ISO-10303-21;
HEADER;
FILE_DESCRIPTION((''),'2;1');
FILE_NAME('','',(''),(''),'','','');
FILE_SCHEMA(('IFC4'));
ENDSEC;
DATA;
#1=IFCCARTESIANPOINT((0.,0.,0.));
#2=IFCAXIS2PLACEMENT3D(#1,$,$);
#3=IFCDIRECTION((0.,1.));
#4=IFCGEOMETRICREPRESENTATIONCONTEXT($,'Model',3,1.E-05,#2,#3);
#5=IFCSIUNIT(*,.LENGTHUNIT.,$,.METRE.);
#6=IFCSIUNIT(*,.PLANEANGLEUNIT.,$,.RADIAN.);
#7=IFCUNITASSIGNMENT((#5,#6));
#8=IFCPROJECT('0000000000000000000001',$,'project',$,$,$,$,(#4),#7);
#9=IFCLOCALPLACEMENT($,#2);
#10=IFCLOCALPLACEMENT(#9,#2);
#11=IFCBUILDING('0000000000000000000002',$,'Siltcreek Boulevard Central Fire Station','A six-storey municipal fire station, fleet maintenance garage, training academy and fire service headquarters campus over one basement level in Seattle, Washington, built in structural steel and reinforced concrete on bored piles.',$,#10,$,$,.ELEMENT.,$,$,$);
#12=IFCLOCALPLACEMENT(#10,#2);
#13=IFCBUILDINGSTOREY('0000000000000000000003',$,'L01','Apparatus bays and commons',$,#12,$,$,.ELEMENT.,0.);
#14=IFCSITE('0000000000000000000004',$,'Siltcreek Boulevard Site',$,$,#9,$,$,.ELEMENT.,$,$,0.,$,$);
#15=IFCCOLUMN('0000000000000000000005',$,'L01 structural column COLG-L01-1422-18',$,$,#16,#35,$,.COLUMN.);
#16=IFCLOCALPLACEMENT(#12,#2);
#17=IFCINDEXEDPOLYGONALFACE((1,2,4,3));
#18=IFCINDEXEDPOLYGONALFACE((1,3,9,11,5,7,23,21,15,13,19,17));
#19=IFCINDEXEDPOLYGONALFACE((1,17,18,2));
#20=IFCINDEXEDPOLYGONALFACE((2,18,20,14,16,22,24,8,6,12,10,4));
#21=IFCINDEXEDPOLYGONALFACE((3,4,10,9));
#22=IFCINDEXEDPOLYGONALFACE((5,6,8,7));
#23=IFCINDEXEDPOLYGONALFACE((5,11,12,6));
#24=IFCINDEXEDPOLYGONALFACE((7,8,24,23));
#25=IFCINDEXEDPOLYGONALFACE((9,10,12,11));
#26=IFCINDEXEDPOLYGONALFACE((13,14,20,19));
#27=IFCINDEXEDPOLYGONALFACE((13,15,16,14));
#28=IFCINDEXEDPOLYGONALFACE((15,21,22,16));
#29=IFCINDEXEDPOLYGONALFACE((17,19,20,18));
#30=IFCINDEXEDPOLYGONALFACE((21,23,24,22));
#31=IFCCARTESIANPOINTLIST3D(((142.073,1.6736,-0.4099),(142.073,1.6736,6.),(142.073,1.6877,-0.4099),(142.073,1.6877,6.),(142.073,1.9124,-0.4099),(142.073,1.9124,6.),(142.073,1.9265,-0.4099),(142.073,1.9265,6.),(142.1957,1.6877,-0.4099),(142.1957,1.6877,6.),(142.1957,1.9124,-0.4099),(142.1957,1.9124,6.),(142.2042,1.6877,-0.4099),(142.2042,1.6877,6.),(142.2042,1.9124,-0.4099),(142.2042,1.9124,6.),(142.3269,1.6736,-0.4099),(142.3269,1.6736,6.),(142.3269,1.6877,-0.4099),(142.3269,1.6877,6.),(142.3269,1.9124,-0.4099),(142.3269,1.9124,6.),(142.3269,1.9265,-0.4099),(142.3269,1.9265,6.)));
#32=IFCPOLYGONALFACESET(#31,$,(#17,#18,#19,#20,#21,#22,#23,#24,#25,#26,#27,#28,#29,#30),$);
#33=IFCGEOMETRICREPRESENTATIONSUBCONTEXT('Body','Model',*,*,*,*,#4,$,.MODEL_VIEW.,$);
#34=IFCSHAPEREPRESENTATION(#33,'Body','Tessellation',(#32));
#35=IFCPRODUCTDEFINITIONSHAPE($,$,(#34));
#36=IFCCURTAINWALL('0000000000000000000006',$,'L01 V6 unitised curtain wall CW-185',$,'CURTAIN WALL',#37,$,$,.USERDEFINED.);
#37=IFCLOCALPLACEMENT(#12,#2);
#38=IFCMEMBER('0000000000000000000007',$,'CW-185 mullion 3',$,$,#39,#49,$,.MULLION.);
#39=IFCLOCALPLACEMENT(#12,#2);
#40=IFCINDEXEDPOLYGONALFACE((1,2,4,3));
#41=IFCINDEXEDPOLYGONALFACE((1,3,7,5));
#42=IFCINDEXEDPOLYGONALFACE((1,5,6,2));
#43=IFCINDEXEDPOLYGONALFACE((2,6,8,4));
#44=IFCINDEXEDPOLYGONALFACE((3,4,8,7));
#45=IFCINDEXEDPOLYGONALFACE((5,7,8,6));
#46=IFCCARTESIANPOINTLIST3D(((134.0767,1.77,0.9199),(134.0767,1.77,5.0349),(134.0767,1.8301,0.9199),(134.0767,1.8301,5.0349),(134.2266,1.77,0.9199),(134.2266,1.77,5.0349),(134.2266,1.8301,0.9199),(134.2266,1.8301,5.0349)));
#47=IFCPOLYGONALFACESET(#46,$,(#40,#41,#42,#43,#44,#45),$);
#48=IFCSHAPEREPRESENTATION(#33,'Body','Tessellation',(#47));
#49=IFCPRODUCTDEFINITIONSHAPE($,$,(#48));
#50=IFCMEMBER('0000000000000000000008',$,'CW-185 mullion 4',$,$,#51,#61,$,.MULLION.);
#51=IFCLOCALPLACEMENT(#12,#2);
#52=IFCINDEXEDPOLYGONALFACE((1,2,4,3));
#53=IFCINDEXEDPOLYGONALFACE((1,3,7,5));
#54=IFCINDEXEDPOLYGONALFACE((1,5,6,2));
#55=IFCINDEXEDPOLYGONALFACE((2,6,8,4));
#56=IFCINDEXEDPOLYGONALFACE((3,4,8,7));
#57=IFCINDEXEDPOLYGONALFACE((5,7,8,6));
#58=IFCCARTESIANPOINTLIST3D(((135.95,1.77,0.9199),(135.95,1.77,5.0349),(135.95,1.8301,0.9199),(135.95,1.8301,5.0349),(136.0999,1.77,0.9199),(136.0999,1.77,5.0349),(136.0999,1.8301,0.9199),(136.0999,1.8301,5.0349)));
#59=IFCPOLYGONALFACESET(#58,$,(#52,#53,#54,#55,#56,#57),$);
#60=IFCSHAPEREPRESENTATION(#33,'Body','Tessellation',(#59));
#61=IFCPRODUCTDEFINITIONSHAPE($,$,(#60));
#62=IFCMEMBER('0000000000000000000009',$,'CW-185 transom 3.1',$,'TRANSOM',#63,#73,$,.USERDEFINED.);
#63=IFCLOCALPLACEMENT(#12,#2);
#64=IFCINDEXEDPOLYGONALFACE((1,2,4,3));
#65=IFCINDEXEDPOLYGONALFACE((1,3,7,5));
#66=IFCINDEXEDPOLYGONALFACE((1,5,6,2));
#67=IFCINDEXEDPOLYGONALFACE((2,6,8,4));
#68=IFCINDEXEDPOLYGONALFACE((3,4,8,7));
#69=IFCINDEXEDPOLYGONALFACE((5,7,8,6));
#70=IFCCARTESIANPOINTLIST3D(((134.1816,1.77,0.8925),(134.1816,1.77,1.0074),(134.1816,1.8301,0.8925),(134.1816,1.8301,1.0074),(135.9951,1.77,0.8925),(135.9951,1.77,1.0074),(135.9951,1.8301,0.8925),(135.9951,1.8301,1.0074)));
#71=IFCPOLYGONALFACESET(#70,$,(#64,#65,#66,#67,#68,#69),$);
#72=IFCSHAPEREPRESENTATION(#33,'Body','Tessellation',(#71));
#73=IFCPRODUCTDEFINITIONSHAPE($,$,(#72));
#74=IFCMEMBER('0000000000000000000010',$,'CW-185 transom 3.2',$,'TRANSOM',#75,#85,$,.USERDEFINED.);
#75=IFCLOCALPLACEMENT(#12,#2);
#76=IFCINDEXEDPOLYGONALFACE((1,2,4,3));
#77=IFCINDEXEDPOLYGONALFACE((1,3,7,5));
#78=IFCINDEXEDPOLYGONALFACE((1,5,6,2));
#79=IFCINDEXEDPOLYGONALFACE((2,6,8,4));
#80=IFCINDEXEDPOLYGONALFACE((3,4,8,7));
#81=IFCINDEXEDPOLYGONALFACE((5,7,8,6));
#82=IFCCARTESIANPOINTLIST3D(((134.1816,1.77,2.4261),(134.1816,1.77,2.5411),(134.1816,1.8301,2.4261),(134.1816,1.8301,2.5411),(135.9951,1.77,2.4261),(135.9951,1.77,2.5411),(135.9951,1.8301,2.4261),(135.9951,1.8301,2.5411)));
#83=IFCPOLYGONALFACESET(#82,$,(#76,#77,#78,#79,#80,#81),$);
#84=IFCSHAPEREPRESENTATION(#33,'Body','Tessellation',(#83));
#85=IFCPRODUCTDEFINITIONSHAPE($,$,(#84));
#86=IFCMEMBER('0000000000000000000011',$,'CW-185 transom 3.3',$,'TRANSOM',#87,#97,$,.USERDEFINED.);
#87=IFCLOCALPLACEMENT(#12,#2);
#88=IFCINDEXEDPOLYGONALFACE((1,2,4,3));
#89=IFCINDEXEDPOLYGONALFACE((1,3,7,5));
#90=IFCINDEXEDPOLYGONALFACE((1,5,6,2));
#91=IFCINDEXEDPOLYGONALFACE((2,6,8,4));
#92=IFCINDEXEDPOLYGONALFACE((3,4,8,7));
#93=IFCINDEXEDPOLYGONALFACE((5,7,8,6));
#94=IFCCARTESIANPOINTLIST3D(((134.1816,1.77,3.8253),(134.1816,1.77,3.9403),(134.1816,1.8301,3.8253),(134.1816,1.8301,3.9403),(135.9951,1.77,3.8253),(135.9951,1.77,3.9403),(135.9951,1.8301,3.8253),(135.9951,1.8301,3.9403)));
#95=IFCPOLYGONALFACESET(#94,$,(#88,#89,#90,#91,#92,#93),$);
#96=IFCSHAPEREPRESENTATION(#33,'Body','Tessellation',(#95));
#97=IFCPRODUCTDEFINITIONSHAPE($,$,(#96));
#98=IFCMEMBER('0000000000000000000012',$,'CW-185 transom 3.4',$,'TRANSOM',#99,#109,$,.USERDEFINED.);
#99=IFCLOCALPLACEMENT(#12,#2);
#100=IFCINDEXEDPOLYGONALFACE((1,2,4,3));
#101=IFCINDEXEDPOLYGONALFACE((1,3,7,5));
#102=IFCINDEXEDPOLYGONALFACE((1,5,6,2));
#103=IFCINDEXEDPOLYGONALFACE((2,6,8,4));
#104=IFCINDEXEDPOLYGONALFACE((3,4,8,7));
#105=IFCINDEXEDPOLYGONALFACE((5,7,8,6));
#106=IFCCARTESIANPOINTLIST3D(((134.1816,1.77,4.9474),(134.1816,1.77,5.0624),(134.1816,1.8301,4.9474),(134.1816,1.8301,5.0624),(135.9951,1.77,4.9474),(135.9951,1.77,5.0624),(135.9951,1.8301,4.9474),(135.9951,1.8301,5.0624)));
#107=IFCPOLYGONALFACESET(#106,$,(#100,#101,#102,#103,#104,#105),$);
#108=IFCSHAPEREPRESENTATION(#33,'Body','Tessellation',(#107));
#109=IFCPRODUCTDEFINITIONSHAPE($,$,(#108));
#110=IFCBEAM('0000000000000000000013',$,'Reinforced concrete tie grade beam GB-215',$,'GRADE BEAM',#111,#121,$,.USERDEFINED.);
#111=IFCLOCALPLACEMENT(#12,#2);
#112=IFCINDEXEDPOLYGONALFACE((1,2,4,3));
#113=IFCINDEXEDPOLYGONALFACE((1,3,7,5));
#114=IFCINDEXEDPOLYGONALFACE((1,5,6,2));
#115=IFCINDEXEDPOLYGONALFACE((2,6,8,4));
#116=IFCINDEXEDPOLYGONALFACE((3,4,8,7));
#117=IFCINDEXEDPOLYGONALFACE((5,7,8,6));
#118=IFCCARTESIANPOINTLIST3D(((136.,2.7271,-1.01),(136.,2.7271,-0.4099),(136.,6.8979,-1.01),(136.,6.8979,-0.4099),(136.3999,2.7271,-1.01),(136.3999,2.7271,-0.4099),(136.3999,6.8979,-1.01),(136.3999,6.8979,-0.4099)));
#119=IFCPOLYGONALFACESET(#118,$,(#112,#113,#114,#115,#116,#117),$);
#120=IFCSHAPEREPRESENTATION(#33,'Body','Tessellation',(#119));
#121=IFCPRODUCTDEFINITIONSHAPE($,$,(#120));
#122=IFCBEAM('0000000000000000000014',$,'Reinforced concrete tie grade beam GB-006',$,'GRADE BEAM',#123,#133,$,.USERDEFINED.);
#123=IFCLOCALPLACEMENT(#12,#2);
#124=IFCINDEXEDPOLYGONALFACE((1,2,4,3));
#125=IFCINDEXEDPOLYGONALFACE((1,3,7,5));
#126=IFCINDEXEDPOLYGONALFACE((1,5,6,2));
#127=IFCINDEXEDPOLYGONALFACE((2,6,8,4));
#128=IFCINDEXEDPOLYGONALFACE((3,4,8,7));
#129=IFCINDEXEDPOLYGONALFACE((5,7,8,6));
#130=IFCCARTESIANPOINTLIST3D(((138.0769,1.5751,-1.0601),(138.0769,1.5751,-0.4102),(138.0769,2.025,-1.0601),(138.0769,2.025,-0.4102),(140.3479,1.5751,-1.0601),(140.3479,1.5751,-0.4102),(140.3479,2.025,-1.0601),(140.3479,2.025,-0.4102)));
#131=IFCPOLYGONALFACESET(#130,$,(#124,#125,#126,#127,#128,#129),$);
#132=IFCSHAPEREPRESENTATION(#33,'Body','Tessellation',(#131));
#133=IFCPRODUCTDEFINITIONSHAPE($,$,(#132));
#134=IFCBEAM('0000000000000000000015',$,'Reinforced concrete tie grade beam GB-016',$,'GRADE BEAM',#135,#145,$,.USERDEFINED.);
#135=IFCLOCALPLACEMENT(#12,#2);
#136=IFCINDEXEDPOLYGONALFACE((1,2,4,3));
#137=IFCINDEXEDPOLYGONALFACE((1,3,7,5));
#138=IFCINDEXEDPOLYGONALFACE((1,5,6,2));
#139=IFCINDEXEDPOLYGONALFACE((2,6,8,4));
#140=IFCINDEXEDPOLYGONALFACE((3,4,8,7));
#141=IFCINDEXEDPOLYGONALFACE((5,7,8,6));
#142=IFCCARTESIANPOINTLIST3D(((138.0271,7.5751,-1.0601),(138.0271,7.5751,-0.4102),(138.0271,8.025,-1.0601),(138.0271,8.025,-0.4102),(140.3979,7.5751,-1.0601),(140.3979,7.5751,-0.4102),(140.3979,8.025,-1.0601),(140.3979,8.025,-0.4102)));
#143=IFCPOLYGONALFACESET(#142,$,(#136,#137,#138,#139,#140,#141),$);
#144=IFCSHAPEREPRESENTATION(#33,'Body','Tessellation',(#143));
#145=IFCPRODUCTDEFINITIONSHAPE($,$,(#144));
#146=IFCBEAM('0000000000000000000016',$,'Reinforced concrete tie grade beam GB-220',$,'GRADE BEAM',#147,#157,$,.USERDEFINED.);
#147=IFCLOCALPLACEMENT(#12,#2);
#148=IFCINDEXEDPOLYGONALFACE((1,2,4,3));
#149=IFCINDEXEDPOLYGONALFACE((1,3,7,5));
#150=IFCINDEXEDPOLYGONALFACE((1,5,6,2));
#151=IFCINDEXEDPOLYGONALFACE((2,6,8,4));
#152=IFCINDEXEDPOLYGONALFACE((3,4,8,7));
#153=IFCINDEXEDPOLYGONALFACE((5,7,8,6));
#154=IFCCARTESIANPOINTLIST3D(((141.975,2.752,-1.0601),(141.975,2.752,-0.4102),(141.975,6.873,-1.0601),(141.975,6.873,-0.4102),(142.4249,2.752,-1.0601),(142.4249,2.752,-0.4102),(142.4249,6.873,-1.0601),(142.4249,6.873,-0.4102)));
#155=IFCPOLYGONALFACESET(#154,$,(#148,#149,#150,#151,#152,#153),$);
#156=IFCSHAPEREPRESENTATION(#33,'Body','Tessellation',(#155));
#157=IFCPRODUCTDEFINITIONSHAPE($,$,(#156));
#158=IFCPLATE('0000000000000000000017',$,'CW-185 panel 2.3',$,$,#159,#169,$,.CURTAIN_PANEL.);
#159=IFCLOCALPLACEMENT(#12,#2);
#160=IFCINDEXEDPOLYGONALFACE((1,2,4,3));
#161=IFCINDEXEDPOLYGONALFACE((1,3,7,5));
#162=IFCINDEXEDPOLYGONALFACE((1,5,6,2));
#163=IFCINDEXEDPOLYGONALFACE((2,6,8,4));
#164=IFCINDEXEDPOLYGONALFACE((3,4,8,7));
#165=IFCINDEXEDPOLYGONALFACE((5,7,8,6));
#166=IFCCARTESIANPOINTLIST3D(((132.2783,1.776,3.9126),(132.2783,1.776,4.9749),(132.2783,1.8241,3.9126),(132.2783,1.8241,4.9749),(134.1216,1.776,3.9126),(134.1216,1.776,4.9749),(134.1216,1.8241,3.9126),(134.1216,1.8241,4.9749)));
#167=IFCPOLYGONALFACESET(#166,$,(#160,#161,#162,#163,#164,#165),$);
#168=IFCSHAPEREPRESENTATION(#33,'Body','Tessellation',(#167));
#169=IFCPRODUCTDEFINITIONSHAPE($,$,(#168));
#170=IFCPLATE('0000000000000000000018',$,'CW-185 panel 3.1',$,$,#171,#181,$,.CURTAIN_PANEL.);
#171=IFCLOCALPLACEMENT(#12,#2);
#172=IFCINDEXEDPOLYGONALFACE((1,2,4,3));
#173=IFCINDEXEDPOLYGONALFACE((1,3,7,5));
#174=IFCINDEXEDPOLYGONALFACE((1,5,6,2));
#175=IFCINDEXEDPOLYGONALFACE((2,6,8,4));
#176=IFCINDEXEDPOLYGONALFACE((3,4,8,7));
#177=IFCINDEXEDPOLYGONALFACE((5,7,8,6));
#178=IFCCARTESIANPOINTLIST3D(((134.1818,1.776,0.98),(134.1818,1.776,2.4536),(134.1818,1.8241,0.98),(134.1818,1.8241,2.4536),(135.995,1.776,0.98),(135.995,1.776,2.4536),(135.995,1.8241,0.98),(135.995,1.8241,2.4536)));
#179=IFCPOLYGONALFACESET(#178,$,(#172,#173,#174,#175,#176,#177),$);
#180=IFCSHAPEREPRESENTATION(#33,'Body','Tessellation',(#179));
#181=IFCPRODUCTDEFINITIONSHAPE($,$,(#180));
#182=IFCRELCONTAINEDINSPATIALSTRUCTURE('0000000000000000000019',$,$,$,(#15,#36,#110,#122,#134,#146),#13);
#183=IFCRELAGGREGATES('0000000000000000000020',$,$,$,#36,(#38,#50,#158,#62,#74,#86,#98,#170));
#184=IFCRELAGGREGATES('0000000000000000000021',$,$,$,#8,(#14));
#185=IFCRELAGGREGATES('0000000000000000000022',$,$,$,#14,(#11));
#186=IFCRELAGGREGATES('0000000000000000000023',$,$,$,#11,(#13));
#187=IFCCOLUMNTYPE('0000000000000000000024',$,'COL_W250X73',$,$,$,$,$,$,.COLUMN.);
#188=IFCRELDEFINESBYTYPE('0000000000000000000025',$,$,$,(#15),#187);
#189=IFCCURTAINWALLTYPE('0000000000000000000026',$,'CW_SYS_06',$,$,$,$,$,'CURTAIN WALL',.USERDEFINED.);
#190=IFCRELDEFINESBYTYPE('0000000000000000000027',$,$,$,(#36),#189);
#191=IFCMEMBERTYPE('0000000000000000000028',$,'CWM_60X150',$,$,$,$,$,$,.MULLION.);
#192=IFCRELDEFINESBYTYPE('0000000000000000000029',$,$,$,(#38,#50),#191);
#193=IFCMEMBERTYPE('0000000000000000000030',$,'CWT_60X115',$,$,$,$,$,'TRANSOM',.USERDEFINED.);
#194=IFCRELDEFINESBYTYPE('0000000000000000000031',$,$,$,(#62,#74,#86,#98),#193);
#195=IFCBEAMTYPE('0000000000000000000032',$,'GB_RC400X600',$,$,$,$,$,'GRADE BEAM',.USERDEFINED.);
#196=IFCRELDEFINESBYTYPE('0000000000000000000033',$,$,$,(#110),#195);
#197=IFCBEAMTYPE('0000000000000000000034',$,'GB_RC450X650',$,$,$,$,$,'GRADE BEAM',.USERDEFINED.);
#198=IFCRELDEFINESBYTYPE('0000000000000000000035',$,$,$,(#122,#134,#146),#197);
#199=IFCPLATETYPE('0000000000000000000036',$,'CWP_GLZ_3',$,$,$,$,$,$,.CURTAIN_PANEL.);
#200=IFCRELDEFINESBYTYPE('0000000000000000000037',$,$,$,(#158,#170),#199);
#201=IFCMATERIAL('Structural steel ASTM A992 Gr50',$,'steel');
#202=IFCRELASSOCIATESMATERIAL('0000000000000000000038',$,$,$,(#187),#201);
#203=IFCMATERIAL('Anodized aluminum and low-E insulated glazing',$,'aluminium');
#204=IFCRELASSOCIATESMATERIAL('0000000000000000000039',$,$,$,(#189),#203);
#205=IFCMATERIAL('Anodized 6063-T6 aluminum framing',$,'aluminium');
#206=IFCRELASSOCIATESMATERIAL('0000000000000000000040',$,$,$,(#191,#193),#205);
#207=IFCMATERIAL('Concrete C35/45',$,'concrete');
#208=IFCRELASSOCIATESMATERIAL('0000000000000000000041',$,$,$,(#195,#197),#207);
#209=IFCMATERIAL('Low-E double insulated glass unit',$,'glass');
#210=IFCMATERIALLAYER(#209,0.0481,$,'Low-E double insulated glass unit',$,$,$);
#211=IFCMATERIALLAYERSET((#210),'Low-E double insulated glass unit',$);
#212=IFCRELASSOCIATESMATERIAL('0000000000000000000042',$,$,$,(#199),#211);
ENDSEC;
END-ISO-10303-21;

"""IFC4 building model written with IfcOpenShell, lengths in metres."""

from ifc_helpers import new_model, si_unit, direction, frame, origin, origin_2d, place, context, subcontext, project, spatial, rectangle, i_section, extrude, material, layer, layer_set, material_profile, profile_set, type_object, element, aggregate, save


model = new_model("IFC4")

# Units and contexts
model_context = context("Model", 3, precision=1e-05, world=origin(), true_north=direction((0.0, 1.0)))
body_context = subcontext(model_context, "Body", "Model", "MODEL_VIEW")
ifc_project = project(units=[si_unit("LENGTHUNIT", "METRE"), si_unit("PLANEANGLEUNIT", "RADIAN")], contexts=[model_context])

# Site, building, storey
site_placement = place(None, origin())
site = spatial("IfcSite", under=ifc_project, at=site_placement, Name="Siltcreek Boulevard Site", CompositionType="ELEMENT", RefElevation=0.0)
building_placement = place(site_placement, origin())
building = spatial("IfcBuilding", under=site, at=building_placement, Name="Siltcreek Boulevard Central Fire Station", Description="A six-storey municipal fire station, fleet maintenance garage, training academy and fire service headquarters campus over one basement level in Seattle, Washington, built in structural steel and reinforced concrete on bored piles.", CompositionType="ELEMENT")
storey_placement = place(building_placement, origin())
storey = spatial("IfcBuildingStorey", under=building, at=storey_placement, Name="L01", Description="Apparatus bays and commons", CompositionType="ELEMENT", Elevation=0.0)

# Shared definitions
ifc_material_1 = material(Name="Concrete C35/45", Category="concrete")

# Column
ifc_material_2 = material(Name="Structural steel ASTM A992 Gr50", Category="steel")
ifc_material_profile_1 = material_profile(ifc_material_2, i_section(OverallWidth=0.2539, OverallDepth=0.2529, WebThickness=0.0085, FlangeThickness=0.0142, at=origin_2d()), Name="W250X73")
ifc_profile_set_1 = profile_set([ifc_material_profile_1], Name="Structural steel ASTM A992 Gr50")
column_type_1 = type_object("IfcColumnType", Name="COL_W250X73", PredefinedType="COLUMN", material=ifc_profile_set_1)
for number, where, z_axis, x_axis, name in (
    (1, (142.2, 1.8, -0.4099), (0.0, 0.0, 1.0), (1.0, 0.0, 0.0), "L01 structural column COLG-L01-1422-18"),
):
    element("IfcColumn", number, at=place(storey_placement, frame(where, z_axis=z_axis, x_axis=x_axis)), inside=storey, type_object=column_type_1, Name=name, PredefinedType="COLUMN", context=body_context, shape_type="SweptSolid", body=[
        extrude(i_section(OverallWidth=0.2539, OverallDepth=0.2529, WebThickness=0.0085, FlangeThickness=0.0142, at=origin_2d()), origin(), (0.0, 0.0, 1.0), 6.4099),
    ])

# Curtain wall, members
ifc_material_3 = material(Name="Anodized aluminum and low-E insulated glazing", Category="aluminium")
curtain_wall_type = type_object("IfcCurtainWallType", Name="CW_SYS_06", ElementType="CURTAIN WALL", PredefinedType="USERDEFINED", material=ifc_material_3)
curtain_wall_placement = place(storey_placement, origin())
curtain_wall = element("IfcCurtainWall", 2, at=curtain_wall_placement, inside=storey, type_object=curtain_wall_type, Name="L01 V6 unitised curtain wall CW-185", ObjectType="CURTAIN WALL", PredefinedType="USERDEFINED")
ifc_material_4 = material(Name="Anodized 6063-T6 aluminum framing", Category="aluminium")
ifc_material_profile_2 = material_profile(ifc_material_4, rectangle(XDim=0.0601, YDim=0.1499, at=origin_2d()), Name="MULL60X150")
ifc_profile_set_2 = profile_set([ifc_material_profile_2], Name="Anodized 6063-T6 aluminum framing")
member_type_1 = type_object("IfcMemberType", Name="CWM_60X150", PredefinedType="MULLION", material=ifc_profile_set_2)
member_1_placement = place(storey_placement, frame((134.1516, 1.8, 0.9199), z_axis=(0.0, 0.0, 1.0), x_axis=(0.0, 1.0, 0.0)))
member_1 = element("IfcMember", 3, at=member_1_placement, type_object=member_type_1, Name="CW-185 mullion 3", PredefinedType="MULLION", context=body_context, shape_type="SweptSolid", body=[
    extrude(rectangle(XDim=0.0601, YDim=0.1499, at=origin_2d()), origin(), (0.0, 0.0, 1.0), 4.115),
])
member_2_placement = place(storey_placement, frame((136.0249, 1.8, 0.9199), z_axis=(0.0, 0.0, 1.0), x_axis=(0.0, 1.0, 0.0)))
member_2 = element("IfcMember", 4, at=member_2_placement, type_object=member_type_1, Name="CW-185 mullion 4", PredefinedType="MULLION", context=body_context, shape_type="SweptSolid", body=[
    extrude(rectangle(XDim=0.0601, YDim=0.1499, at=origin_2d()), origin(), (0.0, 0.0, 1.0), 4.115),
])
ifc_material_profile_3 = material_profile(ifc_material_4, rectangle(XDim=0.0601, YDim=0.115, at=origin_2d()), Name="TRAN60X115")
ifc_profile_set_3 = profile_set([ifc_material_profile_3], Name="Anodized 6063-T6 aluminum framing")
member_type_2 = type_object("IfcMemberType", Name="CWT_60X115", ElementType="TRANSOM", PredefinedType="USERDEFINED", material=ifc_profile_set_3)
member_3_placement = place(storey_placement, frame((134.1816, 1.8, 0.95), z_axis=(1.0, 0.0, 0.0), x_axis=(0.0, 1.0, 0.0)))
member_3 = element("IfcMember", 5, at=member_3_placement, type_object=member_type_2, Name="CW-185 transom 3.1", ObjectType="TRANSOM", PredefinedType="USERDEFINED", context=body_context, shape_type="SweptSolid", body=[
    extrude(rectangle(XDim=0.0601, YDim=0.115, at=origin_2d()), origin(), (0.0, 0.0, 1.0), 1.8135),
])
member_4_placement = place(storey_placement, frame((134.1816, 1.8, 2.4836), z_axis=(1.0, 0.0, 0.0), x_axis=(0.0, 1.0, 0.0)))
member_4 = element("IfcMember", 6, at=member_4_placement, type_object=member_type_2, Name="CW-185 transom 3.2", ObjectType="TRANSOM", PredefinedType="USERDEFINED", context=body_context, shape_type="SweptSolid", body=[
    extrude(rectangle(XDim=0.0601, YDim=0.115, at=origin_2d()), origin(), (0.0, 0.0, 1.0), 1.8135),
])
member_5_placement = place(storey_placement, frame((134.1816, 1.8, 3.8828), z_axis=(1.0, 0.0, 0.0), x_axis=(0.0, 1.0, 0.0)))
member_5 = element("IfcMember", 7, at=member_5_placement, type_object=member_type_2, Name="CW-185 transom 3.3", ObjectType="TRANSOM", PredefinedType="USERDEFINED", context=body_context, shape_type="SweptSolid", body=[
    extrude(rectangle(XDim=0.0601, YDim=0.115, at=origin_2d()), origin(), (0.0, 0.0, 1.0), 1.8135),
])
member_6_placement = place(storey_placement, frame((134.1816, 1.8, 5.0049), z_axis=(1.0, 0.0, 0.0), x_axis=(0.0, 1.0, 0.0)))
member_6 = element("IfcMember", 8, at=member_6_placement, type_object=member_type_2, Name="CW-185 transom 3.4", ObjectType="TRANSOM", PredefinedType="USERDEFINED", context=body_context, shape_type="SweptSolid", body=[
    extrude(rectangle(XDim=0.0601, YDim=0.115, at=origin_2d()), origin(), (0.0, 0.0, 1.0), 1.8135),
])

# Beams
ifc_material_profile_4 = material_profile(ifc_material_1, rectangle(XDim=0.3999, YDim=0.6001, at=origin_2d()), Name="RC400X600")
ifc_profile_set_4 = profile_set([ifc_material_profile_4], Name="Concrete C35/45")
beam_type_1 = type_object("IfcBeamType", Name="GB_RC400X600", ElementType="GRADE BEAM", PredefinedType="USERDEFINED", material=ifc_profile_set_4)
beam_1_placement = place(storey_placement, frame((136.2, 2.7271, -0.71), z_axis=(0.0, 1.0, 0.0), x_axis=(-1.0, 0.0, 0.0)))
element("IfcBeam", 9, at=beam_1_placement, inside=storey, type_object=beam_type_1, Name="Reinforced concrete tie grade beam GB-215", ObjectType="GRADE BEAM", PredefinedType="USERDEFINED", context=body_context, shape_type="SweptSolid", body=[
    extrude(rectangle(XDim=0.3999, YDim=0.6001, at=origin_2d()), origin(), (0.0, 0.0, 1.0), 4.1709),
])
ifc_material_profile_5 = material_profile(ifc_material_1, rectangle(XDim=0.45, YDim=0.6499, at=origin_2d()), Name="RC450X650")
ifc_profile_set_5 = profile_set([ifc_material_profile_5], Name="Concrete C35/45")
beam_type_2 = type_object("IfcBeamType", Name="GB_RC450X650", ElementType="GRADE BEAM", PredefinedType="USERDEFINED", material=ifc_profile_set_5)
beam_2_placement = place(storey_placement, frame((138.0769, 1.8, -0.7351), z_axis=(1.0, 0.0, 0.0), x_axis=(0.0, 1.0, 0.0)))
element("IfcBeam", 10, at=beam_2_placement, inside=storey, type_object=beam_type_2, Name="Reinforced concrete tie grade beam GB-006", ObjectType="GRADE BEAM", PredefinedType="USERDEFINED", context=body_context, shape_type="SweptSolid", body=[
    extrude(rectangle(XDim=0.45, YDim=0.6499, at=origin_2d()), origin(), (0.0, 0.0, 1.0), 2.271),
])
beam_3_placement = place(storey_placement, frame((138.0271, 7.8, -0.7351), z_axis=(1.0, 0.0, 0.0), x_axis=(0.0, 1.0, 0.0)))
element("IfcBeam", 11, at=beam_3_placement, inside=storey, type_object=beam_type_2, Name="Reinforced concrete tie grade beam GB-016", ObjectType="GRADE BEAM", PredefinedType="USERDEFINED", context=body_context, shape_type="SweptSolid", body=[
    extrude(rectangle(XDim=0.45, YDim=0.6499, at=origin_2d()), origin(), (0.0, 0.0, 1.0), 2.3708),
])
beam_4_placement = place(storey_placement, frame((142.2, 2.752, -0.7351), z_axis=(0.0, 1.0, 0.0), x_axis=(-1.0, 0.0, 0.0)))
element("IfcBeam", 12, at=beam_4_placement, inside=storey, type_object=beam_type_2, Name="Reinforced concrete tie grade beam GB-220", ObjectType="GRADE BEAM", PredefinedType="USERDEFINED", context=body_context, shape_type="SweptSolid", body=[
    extrude(rectangle(XDim=0.45, YDim=0.6499, at=origin_2d()), origin(), (0.0, 0.0, 1.0), 4.1211),
])

# Plates
ifc_material_5 = material(Name="Low-E double insulated glass unit", Category="glass")
ifc_layer_1 = layer(ifc_material_5, 0.0481, Name="Low-E double insulated glass unit")
ifc_layer_set_1 = layer_set([ifc_layer_1], Name="Low-E double insulated glass unit")
plate_type = type_object("IfcPlateType", Name="CWP_GLZ_3", PredefinedType="CURTAIN_PANEL", material=ifc_layer_set_1)
plate_1_placement = place(storey_placement, frame((133.2, 1.8, 3.9126), z_axis=(0.0, 0.0, 1.0), x_axis=(1.0, 0.0, 0.0)))
plate_1 = element("IfcPlate", 13, at=plate_1_placement, type_object=plate_type, Name="CW-185 panel 2.3", PredefinedType="CURTAIN_PANEL", context=body_context, shape_type="SweptSolid", body=[
    extrude(rectangle(XDim=1.8433, YDim=0.0481, at=origin_2d()), origin(), (0.0, 0.0, 1.0), 1.0623),
])
plate_2_placement = place(storey_placement, frame((135.0884, 1.8, 0.98), z_axis=(0.0, 0.0, 1.0), x_axis=(1.0, 0.0, 0.0)))
plate_2 = element("IfcPlate", 14, at=plate_2_placement, type_object=plate_type, Name="CW-185 panel 3.1", PredefinedType="CURTAIN_PANEL", context=body_context, shape_type="SweptSolid", body=[
    extrude(rectangle(XDim=1.8132, YDim=0.0481, at=origin_2d()), origin(), (0.0, 0.0, 1.0), 1.4736),
])
aggregate(curtain_wall, [member_1, member_2, plate_1, member_3, member_4, member_5, member_6, plate_2])

save(model, "model.ifc")
